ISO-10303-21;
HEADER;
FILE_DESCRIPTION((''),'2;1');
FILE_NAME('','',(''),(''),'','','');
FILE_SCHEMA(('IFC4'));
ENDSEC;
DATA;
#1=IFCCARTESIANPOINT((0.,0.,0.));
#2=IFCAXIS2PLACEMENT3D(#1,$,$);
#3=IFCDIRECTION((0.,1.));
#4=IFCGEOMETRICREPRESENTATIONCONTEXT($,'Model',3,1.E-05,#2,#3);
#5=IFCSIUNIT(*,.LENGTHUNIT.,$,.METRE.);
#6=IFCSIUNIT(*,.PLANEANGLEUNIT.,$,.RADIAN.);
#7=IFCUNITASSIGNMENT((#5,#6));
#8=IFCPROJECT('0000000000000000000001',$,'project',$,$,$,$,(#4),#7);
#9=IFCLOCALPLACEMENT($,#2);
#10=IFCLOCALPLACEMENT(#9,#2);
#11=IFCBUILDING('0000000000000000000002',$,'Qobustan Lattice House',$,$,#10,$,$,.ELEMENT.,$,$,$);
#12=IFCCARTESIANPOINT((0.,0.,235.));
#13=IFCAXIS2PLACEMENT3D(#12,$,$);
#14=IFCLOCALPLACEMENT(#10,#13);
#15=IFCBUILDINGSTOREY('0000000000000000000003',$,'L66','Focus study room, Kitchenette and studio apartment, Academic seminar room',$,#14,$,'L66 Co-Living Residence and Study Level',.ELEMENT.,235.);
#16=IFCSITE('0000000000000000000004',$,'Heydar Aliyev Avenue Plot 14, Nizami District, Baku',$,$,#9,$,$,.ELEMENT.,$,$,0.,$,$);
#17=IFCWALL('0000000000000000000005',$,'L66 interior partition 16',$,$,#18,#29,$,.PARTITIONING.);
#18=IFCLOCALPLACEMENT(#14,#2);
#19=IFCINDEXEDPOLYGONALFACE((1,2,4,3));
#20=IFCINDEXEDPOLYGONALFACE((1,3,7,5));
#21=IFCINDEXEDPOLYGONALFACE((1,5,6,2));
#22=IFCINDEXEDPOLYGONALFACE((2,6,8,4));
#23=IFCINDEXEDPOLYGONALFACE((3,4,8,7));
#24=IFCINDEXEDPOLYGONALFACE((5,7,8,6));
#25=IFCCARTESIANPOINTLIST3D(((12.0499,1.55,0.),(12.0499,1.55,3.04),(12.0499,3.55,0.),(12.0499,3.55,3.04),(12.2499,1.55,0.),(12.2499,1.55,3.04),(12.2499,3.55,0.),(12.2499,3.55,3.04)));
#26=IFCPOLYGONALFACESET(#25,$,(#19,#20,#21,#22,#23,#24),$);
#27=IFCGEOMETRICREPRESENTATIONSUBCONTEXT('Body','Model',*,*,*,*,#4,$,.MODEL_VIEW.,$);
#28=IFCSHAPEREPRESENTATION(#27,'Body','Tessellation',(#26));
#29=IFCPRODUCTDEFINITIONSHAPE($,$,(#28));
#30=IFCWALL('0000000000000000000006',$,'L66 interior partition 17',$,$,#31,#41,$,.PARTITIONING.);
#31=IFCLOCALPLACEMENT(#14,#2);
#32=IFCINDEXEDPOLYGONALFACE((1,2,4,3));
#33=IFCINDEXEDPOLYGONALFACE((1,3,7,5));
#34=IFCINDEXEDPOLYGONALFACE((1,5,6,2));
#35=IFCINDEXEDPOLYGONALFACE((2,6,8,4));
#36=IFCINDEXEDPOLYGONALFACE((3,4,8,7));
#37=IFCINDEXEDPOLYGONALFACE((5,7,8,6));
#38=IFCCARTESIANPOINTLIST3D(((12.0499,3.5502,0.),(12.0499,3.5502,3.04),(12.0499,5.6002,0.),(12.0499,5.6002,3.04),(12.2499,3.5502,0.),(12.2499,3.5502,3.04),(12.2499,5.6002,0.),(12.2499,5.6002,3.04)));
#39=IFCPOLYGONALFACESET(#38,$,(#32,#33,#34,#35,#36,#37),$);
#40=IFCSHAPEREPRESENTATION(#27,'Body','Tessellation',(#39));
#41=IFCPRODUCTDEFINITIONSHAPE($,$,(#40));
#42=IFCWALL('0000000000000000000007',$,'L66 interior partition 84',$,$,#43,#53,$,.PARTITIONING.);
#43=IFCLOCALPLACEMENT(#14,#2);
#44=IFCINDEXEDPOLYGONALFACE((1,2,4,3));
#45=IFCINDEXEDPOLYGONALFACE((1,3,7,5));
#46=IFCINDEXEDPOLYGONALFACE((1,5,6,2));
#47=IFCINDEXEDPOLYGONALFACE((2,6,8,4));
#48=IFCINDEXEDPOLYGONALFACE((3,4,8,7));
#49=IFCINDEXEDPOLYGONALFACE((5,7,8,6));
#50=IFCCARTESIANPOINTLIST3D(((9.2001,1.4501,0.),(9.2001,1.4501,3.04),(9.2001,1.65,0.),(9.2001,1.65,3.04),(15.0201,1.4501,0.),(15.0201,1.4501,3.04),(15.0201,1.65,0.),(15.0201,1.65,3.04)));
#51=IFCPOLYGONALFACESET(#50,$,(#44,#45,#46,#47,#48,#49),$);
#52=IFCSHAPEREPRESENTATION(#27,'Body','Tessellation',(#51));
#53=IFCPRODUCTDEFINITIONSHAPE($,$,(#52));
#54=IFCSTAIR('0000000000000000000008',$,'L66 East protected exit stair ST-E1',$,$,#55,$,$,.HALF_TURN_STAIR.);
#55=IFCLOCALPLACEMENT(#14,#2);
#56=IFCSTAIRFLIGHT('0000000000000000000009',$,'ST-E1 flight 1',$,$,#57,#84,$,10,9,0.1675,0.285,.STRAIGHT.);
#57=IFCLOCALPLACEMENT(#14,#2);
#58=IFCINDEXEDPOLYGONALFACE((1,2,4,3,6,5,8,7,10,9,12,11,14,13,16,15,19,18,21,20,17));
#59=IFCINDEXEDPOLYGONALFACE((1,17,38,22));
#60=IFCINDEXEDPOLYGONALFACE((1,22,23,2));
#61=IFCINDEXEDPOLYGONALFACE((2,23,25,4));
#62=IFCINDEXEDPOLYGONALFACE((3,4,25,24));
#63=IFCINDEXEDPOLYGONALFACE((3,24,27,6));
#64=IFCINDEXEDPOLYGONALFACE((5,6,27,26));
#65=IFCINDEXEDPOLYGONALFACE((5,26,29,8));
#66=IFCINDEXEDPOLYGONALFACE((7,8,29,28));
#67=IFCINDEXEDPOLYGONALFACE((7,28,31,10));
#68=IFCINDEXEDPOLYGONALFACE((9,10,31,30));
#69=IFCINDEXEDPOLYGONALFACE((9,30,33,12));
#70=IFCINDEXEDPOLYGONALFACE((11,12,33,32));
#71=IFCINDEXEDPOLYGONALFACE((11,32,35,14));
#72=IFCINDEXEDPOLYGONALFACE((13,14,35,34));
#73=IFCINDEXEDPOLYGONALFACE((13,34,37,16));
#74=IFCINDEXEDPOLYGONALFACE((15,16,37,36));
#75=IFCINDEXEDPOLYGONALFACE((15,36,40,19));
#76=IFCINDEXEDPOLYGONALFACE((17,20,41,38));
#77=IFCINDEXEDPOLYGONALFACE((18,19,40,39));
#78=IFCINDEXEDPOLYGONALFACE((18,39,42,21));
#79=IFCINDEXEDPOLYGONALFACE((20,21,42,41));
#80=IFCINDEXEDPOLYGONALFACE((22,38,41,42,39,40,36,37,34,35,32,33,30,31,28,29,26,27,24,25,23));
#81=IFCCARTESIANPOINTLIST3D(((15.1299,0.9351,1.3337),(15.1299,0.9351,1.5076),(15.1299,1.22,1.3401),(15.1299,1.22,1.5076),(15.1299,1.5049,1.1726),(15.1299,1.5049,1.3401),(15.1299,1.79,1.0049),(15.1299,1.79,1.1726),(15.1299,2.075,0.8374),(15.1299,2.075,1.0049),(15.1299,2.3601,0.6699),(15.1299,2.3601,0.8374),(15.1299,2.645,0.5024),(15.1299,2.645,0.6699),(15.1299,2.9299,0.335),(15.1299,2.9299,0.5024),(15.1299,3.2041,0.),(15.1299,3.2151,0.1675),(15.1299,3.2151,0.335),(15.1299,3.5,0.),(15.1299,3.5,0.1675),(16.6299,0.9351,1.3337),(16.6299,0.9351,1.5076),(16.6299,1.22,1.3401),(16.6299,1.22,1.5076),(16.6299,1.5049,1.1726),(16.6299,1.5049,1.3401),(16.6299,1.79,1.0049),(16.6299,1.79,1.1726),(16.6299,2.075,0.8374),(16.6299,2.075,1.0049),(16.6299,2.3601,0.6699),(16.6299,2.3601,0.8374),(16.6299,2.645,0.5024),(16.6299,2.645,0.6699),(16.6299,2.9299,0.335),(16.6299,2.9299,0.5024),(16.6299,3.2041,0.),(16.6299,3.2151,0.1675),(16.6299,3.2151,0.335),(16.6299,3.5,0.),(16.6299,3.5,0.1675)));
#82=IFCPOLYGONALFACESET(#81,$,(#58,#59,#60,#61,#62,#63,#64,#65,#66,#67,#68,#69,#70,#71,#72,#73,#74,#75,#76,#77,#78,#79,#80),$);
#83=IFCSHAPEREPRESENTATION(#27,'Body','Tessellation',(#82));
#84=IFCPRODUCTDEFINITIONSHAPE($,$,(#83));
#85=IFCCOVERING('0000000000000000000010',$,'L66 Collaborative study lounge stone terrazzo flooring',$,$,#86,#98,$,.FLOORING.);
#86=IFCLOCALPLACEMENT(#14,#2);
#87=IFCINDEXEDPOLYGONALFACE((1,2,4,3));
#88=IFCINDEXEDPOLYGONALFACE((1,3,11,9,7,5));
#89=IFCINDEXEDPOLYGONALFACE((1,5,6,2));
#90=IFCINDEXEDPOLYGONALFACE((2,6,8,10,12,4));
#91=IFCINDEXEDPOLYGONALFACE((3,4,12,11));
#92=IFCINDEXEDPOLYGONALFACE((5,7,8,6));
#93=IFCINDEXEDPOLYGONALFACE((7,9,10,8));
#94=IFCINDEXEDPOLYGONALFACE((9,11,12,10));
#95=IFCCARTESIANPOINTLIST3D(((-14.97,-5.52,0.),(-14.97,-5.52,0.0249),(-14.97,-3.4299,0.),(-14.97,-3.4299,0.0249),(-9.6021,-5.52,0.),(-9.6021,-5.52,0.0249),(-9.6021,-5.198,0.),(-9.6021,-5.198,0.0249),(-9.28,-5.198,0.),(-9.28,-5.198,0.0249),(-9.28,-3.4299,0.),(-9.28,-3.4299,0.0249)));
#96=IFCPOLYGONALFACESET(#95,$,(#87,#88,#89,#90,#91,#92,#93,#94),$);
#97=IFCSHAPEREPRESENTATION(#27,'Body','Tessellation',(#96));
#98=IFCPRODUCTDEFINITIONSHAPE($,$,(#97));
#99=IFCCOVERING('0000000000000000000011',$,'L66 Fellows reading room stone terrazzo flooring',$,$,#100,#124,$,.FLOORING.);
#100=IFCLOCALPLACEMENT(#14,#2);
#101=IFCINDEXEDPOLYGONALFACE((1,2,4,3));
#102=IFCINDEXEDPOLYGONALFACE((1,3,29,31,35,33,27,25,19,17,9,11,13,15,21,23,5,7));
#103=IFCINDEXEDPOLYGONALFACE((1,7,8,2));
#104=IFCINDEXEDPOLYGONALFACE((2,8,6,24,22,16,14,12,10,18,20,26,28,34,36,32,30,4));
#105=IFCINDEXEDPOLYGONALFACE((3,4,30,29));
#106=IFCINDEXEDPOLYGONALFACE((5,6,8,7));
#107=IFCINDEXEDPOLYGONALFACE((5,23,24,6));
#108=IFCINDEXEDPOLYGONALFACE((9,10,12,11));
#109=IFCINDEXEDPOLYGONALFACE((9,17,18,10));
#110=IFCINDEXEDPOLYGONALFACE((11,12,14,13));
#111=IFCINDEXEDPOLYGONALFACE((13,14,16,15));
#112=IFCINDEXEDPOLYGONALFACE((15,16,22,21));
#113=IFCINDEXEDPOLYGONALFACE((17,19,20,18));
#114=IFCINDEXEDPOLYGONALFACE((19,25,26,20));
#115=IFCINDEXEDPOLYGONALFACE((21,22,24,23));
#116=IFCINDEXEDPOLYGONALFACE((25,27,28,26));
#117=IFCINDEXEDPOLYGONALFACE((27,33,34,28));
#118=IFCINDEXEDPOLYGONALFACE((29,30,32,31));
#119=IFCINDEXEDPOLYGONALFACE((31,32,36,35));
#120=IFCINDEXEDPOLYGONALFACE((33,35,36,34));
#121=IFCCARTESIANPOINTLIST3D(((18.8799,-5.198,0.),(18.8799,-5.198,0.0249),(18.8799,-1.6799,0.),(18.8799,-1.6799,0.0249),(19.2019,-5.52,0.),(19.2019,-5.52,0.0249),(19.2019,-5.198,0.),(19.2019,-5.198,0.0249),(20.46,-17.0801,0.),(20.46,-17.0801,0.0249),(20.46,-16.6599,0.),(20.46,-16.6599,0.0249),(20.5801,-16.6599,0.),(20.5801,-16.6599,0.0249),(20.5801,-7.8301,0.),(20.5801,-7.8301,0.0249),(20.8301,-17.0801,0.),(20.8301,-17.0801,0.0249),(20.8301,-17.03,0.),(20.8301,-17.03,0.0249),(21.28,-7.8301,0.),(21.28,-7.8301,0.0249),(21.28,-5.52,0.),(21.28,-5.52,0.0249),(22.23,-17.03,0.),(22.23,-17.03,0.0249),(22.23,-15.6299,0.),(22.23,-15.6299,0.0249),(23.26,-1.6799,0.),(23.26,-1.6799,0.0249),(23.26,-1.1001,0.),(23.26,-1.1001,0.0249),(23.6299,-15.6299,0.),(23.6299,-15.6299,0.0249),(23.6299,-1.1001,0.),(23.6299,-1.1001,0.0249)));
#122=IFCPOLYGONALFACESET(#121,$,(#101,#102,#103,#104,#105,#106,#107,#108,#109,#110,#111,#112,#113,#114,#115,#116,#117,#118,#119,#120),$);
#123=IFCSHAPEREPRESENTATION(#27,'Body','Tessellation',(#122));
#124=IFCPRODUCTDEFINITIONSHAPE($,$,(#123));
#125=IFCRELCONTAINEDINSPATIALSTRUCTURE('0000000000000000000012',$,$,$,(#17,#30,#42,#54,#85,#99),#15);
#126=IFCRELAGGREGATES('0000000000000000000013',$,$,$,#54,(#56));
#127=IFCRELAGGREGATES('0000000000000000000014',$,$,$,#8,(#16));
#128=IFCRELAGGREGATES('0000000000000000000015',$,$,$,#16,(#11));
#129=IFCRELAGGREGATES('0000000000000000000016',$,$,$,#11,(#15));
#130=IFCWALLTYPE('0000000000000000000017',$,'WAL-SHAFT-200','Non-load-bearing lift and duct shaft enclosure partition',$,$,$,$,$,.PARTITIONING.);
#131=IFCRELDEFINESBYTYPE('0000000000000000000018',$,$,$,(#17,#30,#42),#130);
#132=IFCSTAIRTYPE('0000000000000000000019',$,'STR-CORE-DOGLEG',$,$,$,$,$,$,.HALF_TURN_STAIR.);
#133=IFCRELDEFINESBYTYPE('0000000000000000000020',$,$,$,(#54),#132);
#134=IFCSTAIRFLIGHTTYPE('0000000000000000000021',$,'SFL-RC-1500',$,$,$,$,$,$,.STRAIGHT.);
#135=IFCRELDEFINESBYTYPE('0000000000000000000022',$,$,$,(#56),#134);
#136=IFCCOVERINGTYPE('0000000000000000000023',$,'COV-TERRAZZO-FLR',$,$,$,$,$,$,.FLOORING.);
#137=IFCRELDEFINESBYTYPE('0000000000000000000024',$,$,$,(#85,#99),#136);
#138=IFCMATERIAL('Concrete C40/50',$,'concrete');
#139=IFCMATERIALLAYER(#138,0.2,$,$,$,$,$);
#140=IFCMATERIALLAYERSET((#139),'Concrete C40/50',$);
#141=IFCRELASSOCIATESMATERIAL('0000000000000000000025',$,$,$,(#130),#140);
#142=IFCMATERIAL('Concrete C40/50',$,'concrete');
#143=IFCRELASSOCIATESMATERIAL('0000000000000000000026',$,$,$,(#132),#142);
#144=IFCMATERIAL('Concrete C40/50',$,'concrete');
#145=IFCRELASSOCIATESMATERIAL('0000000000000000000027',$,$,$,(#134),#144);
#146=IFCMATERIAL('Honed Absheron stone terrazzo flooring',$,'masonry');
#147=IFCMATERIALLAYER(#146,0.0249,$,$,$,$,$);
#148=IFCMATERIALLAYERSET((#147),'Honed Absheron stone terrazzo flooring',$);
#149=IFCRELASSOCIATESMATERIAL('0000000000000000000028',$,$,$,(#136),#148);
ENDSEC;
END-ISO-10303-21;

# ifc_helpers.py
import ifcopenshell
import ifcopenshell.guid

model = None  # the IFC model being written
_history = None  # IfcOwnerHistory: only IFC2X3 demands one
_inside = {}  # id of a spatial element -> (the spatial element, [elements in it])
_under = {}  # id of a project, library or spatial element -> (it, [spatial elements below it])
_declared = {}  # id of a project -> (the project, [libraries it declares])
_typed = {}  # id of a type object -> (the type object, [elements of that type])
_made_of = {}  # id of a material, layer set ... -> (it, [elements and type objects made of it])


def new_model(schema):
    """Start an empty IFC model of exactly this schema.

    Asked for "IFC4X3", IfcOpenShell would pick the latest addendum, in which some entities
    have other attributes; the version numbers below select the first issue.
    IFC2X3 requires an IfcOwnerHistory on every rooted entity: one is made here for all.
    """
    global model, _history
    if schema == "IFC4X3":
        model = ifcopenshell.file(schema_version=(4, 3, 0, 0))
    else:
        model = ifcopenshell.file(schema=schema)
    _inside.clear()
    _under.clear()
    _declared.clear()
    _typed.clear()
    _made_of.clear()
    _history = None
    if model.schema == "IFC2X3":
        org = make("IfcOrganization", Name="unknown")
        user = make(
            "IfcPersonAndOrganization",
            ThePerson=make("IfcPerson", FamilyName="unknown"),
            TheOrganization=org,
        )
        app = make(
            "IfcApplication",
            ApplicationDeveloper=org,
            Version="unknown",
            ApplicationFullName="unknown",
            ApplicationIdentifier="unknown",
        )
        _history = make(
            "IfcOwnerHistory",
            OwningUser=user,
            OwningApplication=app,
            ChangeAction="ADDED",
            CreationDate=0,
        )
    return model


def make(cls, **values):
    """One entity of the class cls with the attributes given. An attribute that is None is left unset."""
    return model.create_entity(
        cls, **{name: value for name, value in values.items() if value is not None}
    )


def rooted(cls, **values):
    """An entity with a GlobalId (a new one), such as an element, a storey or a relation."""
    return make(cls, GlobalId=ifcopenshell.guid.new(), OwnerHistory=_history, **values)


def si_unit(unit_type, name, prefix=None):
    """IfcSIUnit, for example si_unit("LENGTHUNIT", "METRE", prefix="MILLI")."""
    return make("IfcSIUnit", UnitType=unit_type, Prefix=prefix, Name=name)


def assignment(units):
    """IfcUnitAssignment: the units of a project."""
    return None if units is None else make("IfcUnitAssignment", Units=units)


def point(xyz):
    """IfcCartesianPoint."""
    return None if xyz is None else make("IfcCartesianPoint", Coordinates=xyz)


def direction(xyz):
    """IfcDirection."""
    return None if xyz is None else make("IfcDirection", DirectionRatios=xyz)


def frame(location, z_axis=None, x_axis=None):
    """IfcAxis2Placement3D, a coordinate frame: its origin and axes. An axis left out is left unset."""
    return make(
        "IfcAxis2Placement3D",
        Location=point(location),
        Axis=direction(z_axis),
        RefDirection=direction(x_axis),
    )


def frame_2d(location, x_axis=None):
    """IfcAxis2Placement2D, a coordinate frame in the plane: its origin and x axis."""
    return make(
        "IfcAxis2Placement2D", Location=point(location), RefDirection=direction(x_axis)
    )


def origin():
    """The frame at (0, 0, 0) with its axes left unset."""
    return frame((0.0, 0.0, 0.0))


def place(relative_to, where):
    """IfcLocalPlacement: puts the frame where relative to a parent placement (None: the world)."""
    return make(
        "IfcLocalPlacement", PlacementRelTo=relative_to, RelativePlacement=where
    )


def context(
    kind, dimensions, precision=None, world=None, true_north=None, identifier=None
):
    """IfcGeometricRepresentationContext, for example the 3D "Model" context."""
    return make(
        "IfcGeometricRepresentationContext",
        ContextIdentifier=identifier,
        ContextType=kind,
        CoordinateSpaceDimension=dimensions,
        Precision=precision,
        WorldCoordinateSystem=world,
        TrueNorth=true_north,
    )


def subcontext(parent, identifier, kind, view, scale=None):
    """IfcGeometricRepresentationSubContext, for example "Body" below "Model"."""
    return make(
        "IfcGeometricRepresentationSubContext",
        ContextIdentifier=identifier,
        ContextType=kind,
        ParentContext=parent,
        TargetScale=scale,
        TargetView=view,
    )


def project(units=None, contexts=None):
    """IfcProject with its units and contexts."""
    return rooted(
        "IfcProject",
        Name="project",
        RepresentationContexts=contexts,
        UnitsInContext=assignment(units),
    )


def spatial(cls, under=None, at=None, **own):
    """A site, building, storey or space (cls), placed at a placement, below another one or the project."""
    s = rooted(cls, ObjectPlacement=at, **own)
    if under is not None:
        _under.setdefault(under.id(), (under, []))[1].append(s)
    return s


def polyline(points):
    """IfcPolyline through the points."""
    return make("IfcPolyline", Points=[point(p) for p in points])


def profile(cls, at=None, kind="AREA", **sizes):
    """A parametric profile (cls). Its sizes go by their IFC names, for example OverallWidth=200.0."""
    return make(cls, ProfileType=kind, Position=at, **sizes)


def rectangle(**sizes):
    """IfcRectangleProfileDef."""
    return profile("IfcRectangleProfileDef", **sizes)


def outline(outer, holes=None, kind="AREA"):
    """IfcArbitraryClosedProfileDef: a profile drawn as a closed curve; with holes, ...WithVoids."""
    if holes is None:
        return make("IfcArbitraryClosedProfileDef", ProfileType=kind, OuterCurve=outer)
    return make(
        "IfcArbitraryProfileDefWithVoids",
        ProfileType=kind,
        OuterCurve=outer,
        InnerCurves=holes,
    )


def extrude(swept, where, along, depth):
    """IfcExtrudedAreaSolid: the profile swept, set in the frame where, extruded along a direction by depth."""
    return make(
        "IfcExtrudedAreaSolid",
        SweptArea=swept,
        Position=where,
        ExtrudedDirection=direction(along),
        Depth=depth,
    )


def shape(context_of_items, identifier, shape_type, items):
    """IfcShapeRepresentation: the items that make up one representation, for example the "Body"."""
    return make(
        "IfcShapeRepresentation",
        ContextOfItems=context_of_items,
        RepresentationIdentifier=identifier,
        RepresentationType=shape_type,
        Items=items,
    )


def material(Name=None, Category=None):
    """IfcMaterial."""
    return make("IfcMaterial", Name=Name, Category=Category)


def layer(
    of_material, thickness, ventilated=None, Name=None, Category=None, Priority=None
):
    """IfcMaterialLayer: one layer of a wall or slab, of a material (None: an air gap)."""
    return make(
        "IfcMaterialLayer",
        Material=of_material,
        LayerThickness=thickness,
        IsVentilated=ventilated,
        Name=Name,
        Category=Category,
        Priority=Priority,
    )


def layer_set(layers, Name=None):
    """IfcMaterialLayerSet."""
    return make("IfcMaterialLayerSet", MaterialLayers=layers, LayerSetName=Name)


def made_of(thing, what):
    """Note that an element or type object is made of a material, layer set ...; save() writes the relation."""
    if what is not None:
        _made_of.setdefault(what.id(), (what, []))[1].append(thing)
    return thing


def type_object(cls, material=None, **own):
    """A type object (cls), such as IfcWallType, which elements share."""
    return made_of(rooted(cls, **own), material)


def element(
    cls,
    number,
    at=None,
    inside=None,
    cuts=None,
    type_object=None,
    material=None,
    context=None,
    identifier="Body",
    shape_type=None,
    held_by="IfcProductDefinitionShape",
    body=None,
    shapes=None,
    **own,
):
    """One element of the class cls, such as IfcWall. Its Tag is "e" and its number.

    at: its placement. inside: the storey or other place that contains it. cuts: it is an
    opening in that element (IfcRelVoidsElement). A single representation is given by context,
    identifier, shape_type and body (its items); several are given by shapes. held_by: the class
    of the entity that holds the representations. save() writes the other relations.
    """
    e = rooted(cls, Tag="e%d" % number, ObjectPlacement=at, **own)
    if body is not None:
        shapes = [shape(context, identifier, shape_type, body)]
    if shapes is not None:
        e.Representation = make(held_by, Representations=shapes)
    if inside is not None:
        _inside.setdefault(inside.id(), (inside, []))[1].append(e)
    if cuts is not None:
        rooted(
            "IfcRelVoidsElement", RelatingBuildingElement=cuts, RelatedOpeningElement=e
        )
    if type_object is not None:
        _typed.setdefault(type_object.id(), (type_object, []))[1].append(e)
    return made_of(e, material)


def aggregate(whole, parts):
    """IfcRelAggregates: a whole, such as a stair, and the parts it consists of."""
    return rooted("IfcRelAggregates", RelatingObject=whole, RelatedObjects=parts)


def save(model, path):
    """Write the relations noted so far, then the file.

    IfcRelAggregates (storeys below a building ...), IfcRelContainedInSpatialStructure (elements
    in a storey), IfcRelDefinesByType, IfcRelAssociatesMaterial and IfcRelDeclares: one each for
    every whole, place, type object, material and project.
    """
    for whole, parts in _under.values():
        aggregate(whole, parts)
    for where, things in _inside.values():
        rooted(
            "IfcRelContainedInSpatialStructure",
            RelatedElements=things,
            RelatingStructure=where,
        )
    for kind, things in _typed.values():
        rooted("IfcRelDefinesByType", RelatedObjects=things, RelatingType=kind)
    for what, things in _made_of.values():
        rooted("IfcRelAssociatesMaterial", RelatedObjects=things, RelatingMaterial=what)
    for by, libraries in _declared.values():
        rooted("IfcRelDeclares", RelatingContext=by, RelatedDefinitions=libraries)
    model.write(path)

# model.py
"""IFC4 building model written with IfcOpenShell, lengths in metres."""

from ifc_helpers import new_model, si_unit, direction, frame, frame_2d, origin, place, context, subcontext, project, spatial, polyline, rectangle, outline, extrude, material, layer, layer_set, type_object, element, aggregate, save


model = new_model("IFC4")

# Units and contexts
model_context = context("Model", 3, precision=1e-05, world=origin(), true_north=direction((0.0, 1.0)))
body_context = subcontext(model_context, "Body", "Model", "MODEL_VIEW")
ifc_project = project(units=[si_unit("LENGTHUNIT", "METRE"), si_unit("PLANEANGLEUNIT", "RADIAN")], contexts=[model_context])

# Site, building, storey
site_placement = place(None, origin())
site = spatial("IfcSite", under=ifc_project, at=site_placement, Name="Heydar Aliyev Avenue Plot 14, Nizami District, Baku", CompositionType="ELEMENT", RefElevation=0.0)
building_placement = place(site_placement, origin())
building = spatial("IfcBuilding", under=site, at=building_placement, Name="Qobustan Lattice House", CompositionType="ELEMENT")
storey_placement = place(building_placement, frame((0.0, 0.0, 235.0)))
storey = spatial("IfcBuildingStorey", under=building, at=storey_placement, Name="L66", Description="Focus study room, Kitchenette and studio apartment, Academic seminar room", LongName="L66 Co-Living Residence and Study Level", CompositionType="ELEMENT", Elevation=235.0)

# Walls
ifc_material_1 = material(Name="Concrete C40/50", Category="concrete")
ifc_layer_1 = layer(ifc_material_1, 0.2)
ifc_layer_set_1 = layer_set([ifc_layer_1], Name="Concrete C40/50")
wall_type_1 = type_object("IfcWallType", Name="WAL-SHAFT-200", Description="Non-load-bearing lift and duct shaft enclosure partition", PredefinedType="PARTITIONING", material=ifc_layer_set_1)
wall_1_placement = place(storey_placement, frame((12.1499, 3.55, 0.0), z_axis=(0.0, 0.0, 1.0), x_axis=(0.0, -1.0, 0.0)))
element("IfcWall", 1, at=wall_1_placement, inside=storey, type_object=wall_type_1, Name="L66 interior partition 16", PredefinedType="PARTITIONING", context=body_context, shape_type="SweptSolid", body=[
    extrude(rectangle(XDim=2.0, YDim=0.2, at=frame_2d((1.0, 0.0))), origin(), (0.0, 0.0, 1.0), 3.04),
])
wall_2_placement = place(storey_placement, frame((12.1499, 5.6001, 0.0), z_axis=(0.0, 0.0, 1.0), x_axis=(0.0, -1.0, 0.0)))
element("IfcWall", 2, at=wall_2_placement, inside=storey, type_object=wall_type_1, Name="L66 interior partition 17", PredefinedType="PARTITIONING", context=body_context, shape_type="SweptSolid", body=[
    extrude(rectangle(XDim=2.05, YDim=0.2, at=frame_2d((1.0249, 0.0))), origin(), (0.0, 0.0, 1.0), 3.04),
])
wall_3_placement = place(storey_placement, frame((9.2, 1.55, 0.0), z_axis=(0.0, 0.0, 1.0), x_axis=(1.0, 0.0, 0.0)))
element("IfcWall", 3, at=wall_3_placement, inside=storey, type_object=wall_type_1, Name="L66 interior partition 84", PredefinedType="PARTITIONING", context=body_context, shape_type="SweptSolid", body=[
    extrude(rectangle(XDim=5.8201, YDim=0.2, at=frame_2d((2.9102, 0.0))), origin(), (0.0, 0.0, 1.0), 3.04),
])

# Stair, stair flight
ifc_material_2 = material(Name="Concrete C40/50", Category="concrete")
stair_type = type_object("IfcStairType", Name="STR-CORE-DOGLEG", PredefinedType="HALF_TURN_STAIR", material=ifc_material_2)
stair_placement = place(storey_placement, origin())
stair = element("IfcStair", 4, at=stair_placement, inside=storey, type_object=stair_type, Name="L66 East protected exit stair ST-E1", PredefinedType="HALF_TURN_STAIR")
ifc_material_3 = material(Name="Concrete C40/50", Category="concrete")
stair_flight_type = type_object("IfcStairFlightType", Name="SFL-RC-1500", PredefinedType="STRAIGHT", material=ifc_material_3)
stair_flight_placement = place(storey_placement, frame((15.8799, 3.5, 0.0), z_axis=(0.0, 0.0, 1.0), x_axis=(0.0, -1.0, 0.0)))
stair_flight = element("IfcStairFlight", 5, at=stair_flight_placement, type_object=stair_flight_type, Name="ST-E1 flight 1", NumberOfRisers=10, NumberOfTreads=9, PredefinedType="STRAIGHT", RiserHeight=0.1675, TreadLength=0.285, context=body_context, shape_type="SweptSolid", body=[
    extrude(outline(polyline([(0.0, 0.0), (0.0, 0.1675), (0.2849, 0.1675), (0.2849, 0.335), (0.5701, 0.335), (0.5701, 0.5024), (0.855, 0.5024), (0.855, 0.6699), (1.1399, 0.6699), (1.1399, 0.8374), (1.425, 0.8374), (1.425, 1.0049), (1.71, 1.0049), (1.71, 1.1726), (1.9951, 1.1726), (1.9951, 1.3401), (2.28, 1.3401), (2.28, 1.5076), (2.5649, 1.5076), (2.5649, 1.675), (2.5649, 1.3337), (0.2959, 0.0), (0.0, 0.0)])), frame((0.0, 0.75, 0.0), z_axis=(0.0, -1.0, 0.0), x_axis=(1.0, 0.0, 0.0)), (0.0, 0.0, 1.0), 1.5),
])
aggregate(stair, [stair_flight])

# Coverings
ifc_material_4 = material(Name="Honed Absheron stone terrazzo flooring", Category="masonry")
ifc_layer_2 = layer(ifc_material_4, 0.0249)
ifc_layer_set_2 = layer_set([ifc_layer_2], Name="Honed Absheron stone terrazzo flooring")
covering_type = type_object("IfcCoveringType", Name="COV-TERRAZZO-FLR", PredefinedType="FLOORING", material=ifc_layer_set_2)
covering_1_placement = place(storey_placement, origin())
element("IfcCovering", 6, at=covering_1_placement, inside=storey, type_object=covering_type, Name="L66 Collaborative study lounge stone terrazzo flooring", PredefinedType="FLOORING", context=body_context, shape_type="SweptSolid", body=[
    extrude(outline(polyline([(-14.97, -3.4299), (-14.97, -5.52), (-9.6021, -5.52), (-9.6021, -5.198), (-9.28, -5.198), (-9.28, -3.4299), (-14.97, -3.4299)])), origin(), (0.0, 0.0, 1.0), 0.0249),
])
covering_2_placement = place(storey_placement, origin())
element("IfcCovering", 7, at=covering_2_placement, inside=storey, type_object=covering_type, Name="L66 Fellows reading room stone terrazzo flooring", PredefinedType="FLOORING", context=body_context, shape_type="SweptSolid", body=[
    extrude(outline(polyline([(22.23, -15.6299), (23.6299, -15.6299), (23.6299, -1.1001), (23.26, -1.1001), (23.26, -1.6799), (18.8799, -1.6799), (18.8799, -5.198), (19.2019, -5.198), (19.2019, -5.52), (21.28, -5.52), (21.28, -7.8301), (20.5801, -7.8301), (20.5801, -16.6599), (20.46, -16.6599), (20.46, -17.0801), (20.8301, -17.0801), (20.8301, -17.03), (22.23, -17.03), (22.23, -15.6299)])), origin(), (0.0, 0.0, 1.0), 0.0249),
])

save(model, "model.ifc")
